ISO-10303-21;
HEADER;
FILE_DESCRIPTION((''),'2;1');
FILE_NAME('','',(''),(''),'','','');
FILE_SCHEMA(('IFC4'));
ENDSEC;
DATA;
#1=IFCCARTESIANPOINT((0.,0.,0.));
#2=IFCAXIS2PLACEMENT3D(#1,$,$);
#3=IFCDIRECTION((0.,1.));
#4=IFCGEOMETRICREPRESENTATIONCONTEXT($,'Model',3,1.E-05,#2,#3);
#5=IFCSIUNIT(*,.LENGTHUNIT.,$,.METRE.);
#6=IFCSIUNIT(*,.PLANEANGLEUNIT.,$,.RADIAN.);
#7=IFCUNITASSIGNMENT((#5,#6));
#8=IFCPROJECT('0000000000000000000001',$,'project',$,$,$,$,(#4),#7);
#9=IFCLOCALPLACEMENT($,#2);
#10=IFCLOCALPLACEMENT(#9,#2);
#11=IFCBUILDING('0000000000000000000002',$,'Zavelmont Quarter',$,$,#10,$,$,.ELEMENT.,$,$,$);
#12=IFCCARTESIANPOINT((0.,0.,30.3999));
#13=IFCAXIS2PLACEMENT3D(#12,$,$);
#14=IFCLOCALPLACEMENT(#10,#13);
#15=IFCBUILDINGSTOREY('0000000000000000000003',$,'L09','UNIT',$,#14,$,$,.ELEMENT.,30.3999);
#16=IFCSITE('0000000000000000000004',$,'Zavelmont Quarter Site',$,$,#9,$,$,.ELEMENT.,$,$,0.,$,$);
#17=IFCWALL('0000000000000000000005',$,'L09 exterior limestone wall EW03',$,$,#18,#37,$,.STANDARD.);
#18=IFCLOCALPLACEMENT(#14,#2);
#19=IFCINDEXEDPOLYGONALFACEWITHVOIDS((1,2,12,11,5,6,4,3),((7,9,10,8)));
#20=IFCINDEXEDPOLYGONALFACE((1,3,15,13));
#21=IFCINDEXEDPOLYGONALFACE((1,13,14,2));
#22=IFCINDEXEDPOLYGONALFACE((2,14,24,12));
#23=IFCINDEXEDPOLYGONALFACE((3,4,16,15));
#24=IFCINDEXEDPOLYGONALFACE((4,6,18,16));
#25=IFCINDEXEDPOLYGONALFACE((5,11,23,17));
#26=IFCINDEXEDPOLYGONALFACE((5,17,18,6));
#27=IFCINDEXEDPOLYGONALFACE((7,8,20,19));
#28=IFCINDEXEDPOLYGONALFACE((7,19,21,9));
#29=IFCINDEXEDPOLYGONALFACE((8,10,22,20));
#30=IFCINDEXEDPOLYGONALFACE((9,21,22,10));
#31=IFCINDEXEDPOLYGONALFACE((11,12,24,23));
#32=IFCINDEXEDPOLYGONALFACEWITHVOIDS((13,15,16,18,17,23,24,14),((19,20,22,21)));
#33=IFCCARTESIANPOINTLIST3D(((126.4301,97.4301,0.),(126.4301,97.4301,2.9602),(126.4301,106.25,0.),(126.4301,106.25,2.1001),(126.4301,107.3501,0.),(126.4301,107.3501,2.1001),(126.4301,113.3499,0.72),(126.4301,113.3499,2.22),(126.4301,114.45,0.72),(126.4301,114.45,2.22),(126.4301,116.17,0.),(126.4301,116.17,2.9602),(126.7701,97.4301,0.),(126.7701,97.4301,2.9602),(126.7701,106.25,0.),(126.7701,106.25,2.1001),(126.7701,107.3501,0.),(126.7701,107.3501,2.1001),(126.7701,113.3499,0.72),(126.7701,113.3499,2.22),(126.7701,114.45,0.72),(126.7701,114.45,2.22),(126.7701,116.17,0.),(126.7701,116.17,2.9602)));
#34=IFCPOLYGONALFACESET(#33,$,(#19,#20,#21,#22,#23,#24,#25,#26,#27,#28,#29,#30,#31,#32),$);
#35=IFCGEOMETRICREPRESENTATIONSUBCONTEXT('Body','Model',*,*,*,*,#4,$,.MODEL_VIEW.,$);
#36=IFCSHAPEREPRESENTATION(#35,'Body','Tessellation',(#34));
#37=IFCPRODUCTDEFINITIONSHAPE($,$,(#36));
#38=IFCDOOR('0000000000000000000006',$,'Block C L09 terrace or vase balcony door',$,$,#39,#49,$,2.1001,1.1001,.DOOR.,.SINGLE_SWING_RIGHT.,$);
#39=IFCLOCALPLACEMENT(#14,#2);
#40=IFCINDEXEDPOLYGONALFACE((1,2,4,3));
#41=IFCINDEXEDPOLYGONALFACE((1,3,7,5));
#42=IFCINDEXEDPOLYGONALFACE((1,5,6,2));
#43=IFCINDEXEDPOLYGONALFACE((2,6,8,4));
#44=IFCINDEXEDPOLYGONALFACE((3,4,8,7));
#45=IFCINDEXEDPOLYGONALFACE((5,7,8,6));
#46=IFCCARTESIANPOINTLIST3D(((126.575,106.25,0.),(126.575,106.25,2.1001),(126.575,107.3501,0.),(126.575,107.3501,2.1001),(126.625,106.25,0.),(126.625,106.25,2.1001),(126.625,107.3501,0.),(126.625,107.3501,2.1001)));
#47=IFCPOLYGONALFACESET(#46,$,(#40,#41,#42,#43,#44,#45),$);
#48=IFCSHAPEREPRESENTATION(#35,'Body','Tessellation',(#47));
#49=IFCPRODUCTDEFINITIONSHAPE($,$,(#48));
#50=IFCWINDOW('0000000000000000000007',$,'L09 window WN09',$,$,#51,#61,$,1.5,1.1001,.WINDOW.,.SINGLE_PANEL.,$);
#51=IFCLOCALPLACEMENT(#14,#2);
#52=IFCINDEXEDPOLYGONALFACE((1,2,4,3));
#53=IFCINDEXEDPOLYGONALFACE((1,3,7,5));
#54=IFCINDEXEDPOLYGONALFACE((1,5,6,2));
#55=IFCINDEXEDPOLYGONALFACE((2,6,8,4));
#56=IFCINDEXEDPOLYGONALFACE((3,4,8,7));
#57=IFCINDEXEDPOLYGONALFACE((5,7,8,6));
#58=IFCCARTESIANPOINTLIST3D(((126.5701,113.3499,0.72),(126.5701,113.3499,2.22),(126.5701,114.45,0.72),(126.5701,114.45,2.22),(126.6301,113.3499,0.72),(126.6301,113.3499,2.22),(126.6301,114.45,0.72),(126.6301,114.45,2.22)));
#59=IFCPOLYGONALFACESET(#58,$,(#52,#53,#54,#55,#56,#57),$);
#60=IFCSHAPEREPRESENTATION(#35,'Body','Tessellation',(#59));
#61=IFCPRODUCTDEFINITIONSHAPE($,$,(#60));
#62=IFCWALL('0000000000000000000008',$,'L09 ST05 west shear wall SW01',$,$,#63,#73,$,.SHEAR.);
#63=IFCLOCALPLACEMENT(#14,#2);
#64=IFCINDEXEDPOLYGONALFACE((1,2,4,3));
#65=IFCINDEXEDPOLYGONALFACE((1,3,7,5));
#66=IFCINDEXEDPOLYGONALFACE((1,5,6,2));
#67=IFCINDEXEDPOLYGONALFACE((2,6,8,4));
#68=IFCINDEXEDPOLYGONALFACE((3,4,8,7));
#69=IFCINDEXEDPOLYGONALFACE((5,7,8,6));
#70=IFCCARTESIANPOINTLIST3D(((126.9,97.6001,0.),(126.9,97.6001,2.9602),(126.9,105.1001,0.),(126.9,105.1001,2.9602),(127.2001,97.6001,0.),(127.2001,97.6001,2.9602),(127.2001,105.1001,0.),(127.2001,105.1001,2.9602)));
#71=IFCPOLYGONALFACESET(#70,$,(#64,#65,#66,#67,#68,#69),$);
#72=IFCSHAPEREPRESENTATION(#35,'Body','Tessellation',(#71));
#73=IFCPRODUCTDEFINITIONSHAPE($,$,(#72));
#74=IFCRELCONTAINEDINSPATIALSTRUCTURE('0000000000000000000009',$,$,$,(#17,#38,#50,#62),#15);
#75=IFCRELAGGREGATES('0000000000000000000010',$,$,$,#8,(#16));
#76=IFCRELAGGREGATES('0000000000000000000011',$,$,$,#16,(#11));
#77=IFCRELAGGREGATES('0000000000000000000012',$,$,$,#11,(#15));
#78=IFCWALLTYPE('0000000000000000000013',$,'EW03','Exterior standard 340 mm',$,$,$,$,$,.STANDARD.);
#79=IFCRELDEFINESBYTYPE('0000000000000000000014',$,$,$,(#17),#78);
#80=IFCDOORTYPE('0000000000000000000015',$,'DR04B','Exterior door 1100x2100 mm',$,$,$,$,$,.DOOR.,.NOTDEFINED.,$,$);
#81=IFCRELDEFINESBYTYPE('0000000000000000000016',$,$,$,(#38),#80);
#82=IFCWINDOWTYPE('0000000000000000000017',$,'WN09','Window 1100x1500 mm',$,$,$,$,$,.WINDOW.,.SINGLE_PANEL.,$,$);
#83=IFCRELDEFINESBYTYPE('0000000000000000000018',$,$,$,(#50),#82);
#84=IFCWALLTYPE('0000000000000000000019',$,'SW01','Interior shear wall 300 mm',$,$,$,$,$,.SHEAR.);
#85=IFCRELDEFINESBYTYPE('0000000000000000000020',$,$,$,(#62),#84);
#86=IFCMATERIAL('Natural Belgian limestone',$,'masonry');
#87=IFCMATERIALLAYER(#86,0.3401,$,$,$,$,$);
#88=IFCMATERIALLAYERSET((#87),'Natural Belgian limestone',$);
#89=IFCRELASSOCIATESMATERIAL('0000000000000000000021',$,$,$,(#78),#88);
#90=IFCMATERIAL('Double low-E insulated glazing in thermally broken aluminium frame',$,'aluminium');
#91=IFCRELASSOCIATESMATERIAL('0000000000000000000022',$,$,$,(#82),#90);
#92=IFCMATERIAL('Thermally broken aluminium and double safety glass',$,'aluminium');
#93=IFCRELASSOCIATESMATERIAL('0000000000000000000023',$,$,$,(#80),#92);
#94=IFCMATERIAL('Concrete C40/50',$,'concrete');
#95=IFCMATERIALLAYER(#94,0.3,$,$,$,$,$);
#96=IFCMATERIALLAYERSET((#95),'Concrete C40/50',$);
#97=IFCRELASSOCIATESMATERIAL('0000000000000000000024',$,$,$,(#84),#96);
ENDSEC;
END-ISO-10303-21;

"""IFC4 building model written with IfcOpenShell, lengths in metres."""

from ifc_helpers import new_model, si_unit, direction, frame, frame_2d, origin, origin_with_axes, place, context, subcontext, project, spatial, rectangle, extrude, material, layer, layer_set, type_object, element, fill, save


model = new_model("IFC4")

# Units and contexts
model_context = context("Model", 3, precision=1e-05, world=origin(), true_north=direction((0.0, 1.0)))
body_context = subcontext(model_context, "Body", "Model", "MODEL_VIEW")
ifc_project = project(units=[si_unit("LENGTHUNIT", "METRE"), si_unit("PLANEANGLEUNIT", "RADIAN")], contexts=[model_context])

# Site, building, storey
site_placement = place(None, origin())
site = spatial("IfcSite", under=ifc_project, at=site_placement, Name="Zavelmont Quarter Site", CompositionType="ELEMENT", RefElevation=0.0)
building_placement = place(site_placement, origin())
building = spatial("IfcBuilding", under=site, at=building_placement, Name="Zavelmont Quarter", CompositionType="ELEMENT")
storey_placement = place(building_placement, frame((0.0, 0.0, 30.3999)))
storey = spatial("IfcBuildingStorey", under=building, at=storey_placement, Name="L09", Description="UNIT", CompositionType="ELEMENT", Elevation=30.3999)

# Shared definitions
ifc_material_1 = material(Name="Concrete C40/50", Category="concrete")

# Wall, openings, door, window
ifc_material_2 = material(Name="Natural Belgian limestone", Category="masonry")
ifc_layer_1 = layer(ifc_material_2, 0.3401)
ifc_layer_set_1 = layer_set([ifc_layer_1], Name="Natural Belgian limestone")
wall_type_1 = type_object("IfcWallType", Name="EW03", Description="Exterior standard 340 mm", PredefinedType="STANDARD", material=ifc_layer_set_1)
ifc_material_3 = material(Name="Thermally broken aluminium and double safety glass", Category="aluminium")
ifc_material_4 = material(Name="Double low-E insulated glazing in thermally broken aluminium frame", Category="aluminium")
window_type = type_object("IfcWindowType", Name="WN09", Description="Window 1100x1500 mm", PartitioningType="SINGLE_PANEL", PredefinedType="WINDOW", material=ifc_material_4)
wall_1_placement = place(storey_placement, frame((126.6001, 97.4299, 0.0), z_axis=(0.0, 0.0, 1.0), x_axis=(0.0, 1.0, 0.0)))
wall_1 = element("IfcWall", 1, at=wall_1_placement, inside=storey, type_object=wall_type_1, Name="L09 exterior limestone wall EW03", PredefinedType="STANDARD", context=body_context, shape_type="SweptSolid", body=[
    extrude(rectangle(XDim=18.74, YDim=0.3401, at=frame_2d((9.3701, 0.0))), origin(), (0.0, 0.0, 1.0), 2.9602),
])
opening_1_placement = place(wall_1_placement, frame((8.8201, 0.0, 0.0)))
opening_1 = element("IfcOpeningElement", 2, at=opening_1_placement, cuts=wall_1, PredefinedType="OPENING", context=body_context, shape_type="SweptSolid", body=[
    extrude(rectangle(XDim=1.1001, YDim=2.1001, at=frame_2d((0.55, 1.05))), frame((0.0, 0.1821, 0.0), z_axis=(0.0, -1.0, 0.0), x_axis=(1.0, 0.0, 0.0)), (0.0, 0.0, 1.0), 0.364),
])
opening_2_placement = place(wall_1_placement, frame((15.9199, 0.0, 0.72)))
opening_2 = element("IfcOpeningElement", 3, at=opening_2_placement, cuts=wall_1, PredefinedType="OPENING", context=body_context, shape_type="SweptSolid", body=[
    extrude(rectangle(XDim=1.1001, YDim=1.5, at=frame_2d((0.55, 0.75))), frame((0.0, 0.1821, 0.0), z_axis=(0.0, -1.0, 0.0), x_axis=(1.0, 0.0, 0.0)), (0.0, 0.0, 1.0), 0.364),
])
door_type_1 = type_object("IfcDoorType", Name="DR04B", Description="Exterior door 1100x2100 mm", OperationType="NOTDEFINED", PredefinedType="DOOR", material=ifc_material_3)
door_1_placement = place(opening_1_placement, frame((1.1001, 0.0, 0.0), z_axis=(0.0, 0.0, 1.0), x_axis=(-1.0, 0.0, 0.0)))
door_1 = element("IfcDoor", 4, at=door_1_placement, inside=storey, type_object=door_type_1, Name="Block C L09 terrace or vase balcony door", OperationType="SINGLE_SWING_RIGHT", OverallHeight=2.1001, OverallWidth=1.1001, PredefinedType="DOOR", context=body_context, shape_type="SweptSolid", body=[
    extrude(rectangle(XDim=1.1001, YDim=2.1001, at=frame_2d((0.55, 1.05))), frame((0.0, 0.0249, 0.0), z_axis=(0.0, -1.0, 0.0), x_axis=(1.0, 0.0, 0.0)), (0.0, 0.0, 1.0), 0.05),
])
fill(opening_1, door_1)
window_1_placement = place(opening_2_placement, origin_with_axes())
window_1 = element("IfcWindow", 5, at=window_1_placement, inside=storey, type_object=window_type, Name="L09 window WN09", OverallHeight=1.5, OverallWidth=1.1001, PartitioningType="SINGLE_PANEL", PredefinedType="WINDOW", context=body_context, shape_type="SweptSolid", body=[
    extrude(rectangle(XDim=1.1001, YDim=1.5, at=frame_2d((0.55, 0.75))), frame((0.0, 0.03, 0.0), z_axis=(0.0, -1.0, 0.0), x_axis=(1.0, 0.0, 0.0)), (0.0, 0.0, 1.0), 0.0601),
])
fill(opening_2, window_1)

# Wall
ifc_layer_2 = layer(ifc_material_1, 0.3)
ifc_layer_set_2 = layer_set([ifc_layer_2], Name="Concrete C40/50")
wall_type_2 = type_object("IfcWallType", Name="SW01", Description="Interior shear wall 300 mm", PredefinedType="SHEAR", material=ifc_layer_set_2)
wall_2_placement = place(storey_placement, frame((127.05, 97.6001, 0.0), z_axis=(0.0, 0.0, 1.0), x_axis=(0.0, 1.0, 0.0)))
element("IfcWall", 6, at=wall_2_placement, inside=storey, type_object=wall_type_2, Name="L09 ST05 west shear wall SW01", PredefinedType="SHEAR", context=body_context, shape_type="SweptSolid", body=[
    extrude(rectangle(XDim=7.5, YDim=0.3, at=frame_2d((3.75, 0.0))), origin(), (0.0, 0.0, 1.0), 2.9602),
])

save(model, "model.ifc")
